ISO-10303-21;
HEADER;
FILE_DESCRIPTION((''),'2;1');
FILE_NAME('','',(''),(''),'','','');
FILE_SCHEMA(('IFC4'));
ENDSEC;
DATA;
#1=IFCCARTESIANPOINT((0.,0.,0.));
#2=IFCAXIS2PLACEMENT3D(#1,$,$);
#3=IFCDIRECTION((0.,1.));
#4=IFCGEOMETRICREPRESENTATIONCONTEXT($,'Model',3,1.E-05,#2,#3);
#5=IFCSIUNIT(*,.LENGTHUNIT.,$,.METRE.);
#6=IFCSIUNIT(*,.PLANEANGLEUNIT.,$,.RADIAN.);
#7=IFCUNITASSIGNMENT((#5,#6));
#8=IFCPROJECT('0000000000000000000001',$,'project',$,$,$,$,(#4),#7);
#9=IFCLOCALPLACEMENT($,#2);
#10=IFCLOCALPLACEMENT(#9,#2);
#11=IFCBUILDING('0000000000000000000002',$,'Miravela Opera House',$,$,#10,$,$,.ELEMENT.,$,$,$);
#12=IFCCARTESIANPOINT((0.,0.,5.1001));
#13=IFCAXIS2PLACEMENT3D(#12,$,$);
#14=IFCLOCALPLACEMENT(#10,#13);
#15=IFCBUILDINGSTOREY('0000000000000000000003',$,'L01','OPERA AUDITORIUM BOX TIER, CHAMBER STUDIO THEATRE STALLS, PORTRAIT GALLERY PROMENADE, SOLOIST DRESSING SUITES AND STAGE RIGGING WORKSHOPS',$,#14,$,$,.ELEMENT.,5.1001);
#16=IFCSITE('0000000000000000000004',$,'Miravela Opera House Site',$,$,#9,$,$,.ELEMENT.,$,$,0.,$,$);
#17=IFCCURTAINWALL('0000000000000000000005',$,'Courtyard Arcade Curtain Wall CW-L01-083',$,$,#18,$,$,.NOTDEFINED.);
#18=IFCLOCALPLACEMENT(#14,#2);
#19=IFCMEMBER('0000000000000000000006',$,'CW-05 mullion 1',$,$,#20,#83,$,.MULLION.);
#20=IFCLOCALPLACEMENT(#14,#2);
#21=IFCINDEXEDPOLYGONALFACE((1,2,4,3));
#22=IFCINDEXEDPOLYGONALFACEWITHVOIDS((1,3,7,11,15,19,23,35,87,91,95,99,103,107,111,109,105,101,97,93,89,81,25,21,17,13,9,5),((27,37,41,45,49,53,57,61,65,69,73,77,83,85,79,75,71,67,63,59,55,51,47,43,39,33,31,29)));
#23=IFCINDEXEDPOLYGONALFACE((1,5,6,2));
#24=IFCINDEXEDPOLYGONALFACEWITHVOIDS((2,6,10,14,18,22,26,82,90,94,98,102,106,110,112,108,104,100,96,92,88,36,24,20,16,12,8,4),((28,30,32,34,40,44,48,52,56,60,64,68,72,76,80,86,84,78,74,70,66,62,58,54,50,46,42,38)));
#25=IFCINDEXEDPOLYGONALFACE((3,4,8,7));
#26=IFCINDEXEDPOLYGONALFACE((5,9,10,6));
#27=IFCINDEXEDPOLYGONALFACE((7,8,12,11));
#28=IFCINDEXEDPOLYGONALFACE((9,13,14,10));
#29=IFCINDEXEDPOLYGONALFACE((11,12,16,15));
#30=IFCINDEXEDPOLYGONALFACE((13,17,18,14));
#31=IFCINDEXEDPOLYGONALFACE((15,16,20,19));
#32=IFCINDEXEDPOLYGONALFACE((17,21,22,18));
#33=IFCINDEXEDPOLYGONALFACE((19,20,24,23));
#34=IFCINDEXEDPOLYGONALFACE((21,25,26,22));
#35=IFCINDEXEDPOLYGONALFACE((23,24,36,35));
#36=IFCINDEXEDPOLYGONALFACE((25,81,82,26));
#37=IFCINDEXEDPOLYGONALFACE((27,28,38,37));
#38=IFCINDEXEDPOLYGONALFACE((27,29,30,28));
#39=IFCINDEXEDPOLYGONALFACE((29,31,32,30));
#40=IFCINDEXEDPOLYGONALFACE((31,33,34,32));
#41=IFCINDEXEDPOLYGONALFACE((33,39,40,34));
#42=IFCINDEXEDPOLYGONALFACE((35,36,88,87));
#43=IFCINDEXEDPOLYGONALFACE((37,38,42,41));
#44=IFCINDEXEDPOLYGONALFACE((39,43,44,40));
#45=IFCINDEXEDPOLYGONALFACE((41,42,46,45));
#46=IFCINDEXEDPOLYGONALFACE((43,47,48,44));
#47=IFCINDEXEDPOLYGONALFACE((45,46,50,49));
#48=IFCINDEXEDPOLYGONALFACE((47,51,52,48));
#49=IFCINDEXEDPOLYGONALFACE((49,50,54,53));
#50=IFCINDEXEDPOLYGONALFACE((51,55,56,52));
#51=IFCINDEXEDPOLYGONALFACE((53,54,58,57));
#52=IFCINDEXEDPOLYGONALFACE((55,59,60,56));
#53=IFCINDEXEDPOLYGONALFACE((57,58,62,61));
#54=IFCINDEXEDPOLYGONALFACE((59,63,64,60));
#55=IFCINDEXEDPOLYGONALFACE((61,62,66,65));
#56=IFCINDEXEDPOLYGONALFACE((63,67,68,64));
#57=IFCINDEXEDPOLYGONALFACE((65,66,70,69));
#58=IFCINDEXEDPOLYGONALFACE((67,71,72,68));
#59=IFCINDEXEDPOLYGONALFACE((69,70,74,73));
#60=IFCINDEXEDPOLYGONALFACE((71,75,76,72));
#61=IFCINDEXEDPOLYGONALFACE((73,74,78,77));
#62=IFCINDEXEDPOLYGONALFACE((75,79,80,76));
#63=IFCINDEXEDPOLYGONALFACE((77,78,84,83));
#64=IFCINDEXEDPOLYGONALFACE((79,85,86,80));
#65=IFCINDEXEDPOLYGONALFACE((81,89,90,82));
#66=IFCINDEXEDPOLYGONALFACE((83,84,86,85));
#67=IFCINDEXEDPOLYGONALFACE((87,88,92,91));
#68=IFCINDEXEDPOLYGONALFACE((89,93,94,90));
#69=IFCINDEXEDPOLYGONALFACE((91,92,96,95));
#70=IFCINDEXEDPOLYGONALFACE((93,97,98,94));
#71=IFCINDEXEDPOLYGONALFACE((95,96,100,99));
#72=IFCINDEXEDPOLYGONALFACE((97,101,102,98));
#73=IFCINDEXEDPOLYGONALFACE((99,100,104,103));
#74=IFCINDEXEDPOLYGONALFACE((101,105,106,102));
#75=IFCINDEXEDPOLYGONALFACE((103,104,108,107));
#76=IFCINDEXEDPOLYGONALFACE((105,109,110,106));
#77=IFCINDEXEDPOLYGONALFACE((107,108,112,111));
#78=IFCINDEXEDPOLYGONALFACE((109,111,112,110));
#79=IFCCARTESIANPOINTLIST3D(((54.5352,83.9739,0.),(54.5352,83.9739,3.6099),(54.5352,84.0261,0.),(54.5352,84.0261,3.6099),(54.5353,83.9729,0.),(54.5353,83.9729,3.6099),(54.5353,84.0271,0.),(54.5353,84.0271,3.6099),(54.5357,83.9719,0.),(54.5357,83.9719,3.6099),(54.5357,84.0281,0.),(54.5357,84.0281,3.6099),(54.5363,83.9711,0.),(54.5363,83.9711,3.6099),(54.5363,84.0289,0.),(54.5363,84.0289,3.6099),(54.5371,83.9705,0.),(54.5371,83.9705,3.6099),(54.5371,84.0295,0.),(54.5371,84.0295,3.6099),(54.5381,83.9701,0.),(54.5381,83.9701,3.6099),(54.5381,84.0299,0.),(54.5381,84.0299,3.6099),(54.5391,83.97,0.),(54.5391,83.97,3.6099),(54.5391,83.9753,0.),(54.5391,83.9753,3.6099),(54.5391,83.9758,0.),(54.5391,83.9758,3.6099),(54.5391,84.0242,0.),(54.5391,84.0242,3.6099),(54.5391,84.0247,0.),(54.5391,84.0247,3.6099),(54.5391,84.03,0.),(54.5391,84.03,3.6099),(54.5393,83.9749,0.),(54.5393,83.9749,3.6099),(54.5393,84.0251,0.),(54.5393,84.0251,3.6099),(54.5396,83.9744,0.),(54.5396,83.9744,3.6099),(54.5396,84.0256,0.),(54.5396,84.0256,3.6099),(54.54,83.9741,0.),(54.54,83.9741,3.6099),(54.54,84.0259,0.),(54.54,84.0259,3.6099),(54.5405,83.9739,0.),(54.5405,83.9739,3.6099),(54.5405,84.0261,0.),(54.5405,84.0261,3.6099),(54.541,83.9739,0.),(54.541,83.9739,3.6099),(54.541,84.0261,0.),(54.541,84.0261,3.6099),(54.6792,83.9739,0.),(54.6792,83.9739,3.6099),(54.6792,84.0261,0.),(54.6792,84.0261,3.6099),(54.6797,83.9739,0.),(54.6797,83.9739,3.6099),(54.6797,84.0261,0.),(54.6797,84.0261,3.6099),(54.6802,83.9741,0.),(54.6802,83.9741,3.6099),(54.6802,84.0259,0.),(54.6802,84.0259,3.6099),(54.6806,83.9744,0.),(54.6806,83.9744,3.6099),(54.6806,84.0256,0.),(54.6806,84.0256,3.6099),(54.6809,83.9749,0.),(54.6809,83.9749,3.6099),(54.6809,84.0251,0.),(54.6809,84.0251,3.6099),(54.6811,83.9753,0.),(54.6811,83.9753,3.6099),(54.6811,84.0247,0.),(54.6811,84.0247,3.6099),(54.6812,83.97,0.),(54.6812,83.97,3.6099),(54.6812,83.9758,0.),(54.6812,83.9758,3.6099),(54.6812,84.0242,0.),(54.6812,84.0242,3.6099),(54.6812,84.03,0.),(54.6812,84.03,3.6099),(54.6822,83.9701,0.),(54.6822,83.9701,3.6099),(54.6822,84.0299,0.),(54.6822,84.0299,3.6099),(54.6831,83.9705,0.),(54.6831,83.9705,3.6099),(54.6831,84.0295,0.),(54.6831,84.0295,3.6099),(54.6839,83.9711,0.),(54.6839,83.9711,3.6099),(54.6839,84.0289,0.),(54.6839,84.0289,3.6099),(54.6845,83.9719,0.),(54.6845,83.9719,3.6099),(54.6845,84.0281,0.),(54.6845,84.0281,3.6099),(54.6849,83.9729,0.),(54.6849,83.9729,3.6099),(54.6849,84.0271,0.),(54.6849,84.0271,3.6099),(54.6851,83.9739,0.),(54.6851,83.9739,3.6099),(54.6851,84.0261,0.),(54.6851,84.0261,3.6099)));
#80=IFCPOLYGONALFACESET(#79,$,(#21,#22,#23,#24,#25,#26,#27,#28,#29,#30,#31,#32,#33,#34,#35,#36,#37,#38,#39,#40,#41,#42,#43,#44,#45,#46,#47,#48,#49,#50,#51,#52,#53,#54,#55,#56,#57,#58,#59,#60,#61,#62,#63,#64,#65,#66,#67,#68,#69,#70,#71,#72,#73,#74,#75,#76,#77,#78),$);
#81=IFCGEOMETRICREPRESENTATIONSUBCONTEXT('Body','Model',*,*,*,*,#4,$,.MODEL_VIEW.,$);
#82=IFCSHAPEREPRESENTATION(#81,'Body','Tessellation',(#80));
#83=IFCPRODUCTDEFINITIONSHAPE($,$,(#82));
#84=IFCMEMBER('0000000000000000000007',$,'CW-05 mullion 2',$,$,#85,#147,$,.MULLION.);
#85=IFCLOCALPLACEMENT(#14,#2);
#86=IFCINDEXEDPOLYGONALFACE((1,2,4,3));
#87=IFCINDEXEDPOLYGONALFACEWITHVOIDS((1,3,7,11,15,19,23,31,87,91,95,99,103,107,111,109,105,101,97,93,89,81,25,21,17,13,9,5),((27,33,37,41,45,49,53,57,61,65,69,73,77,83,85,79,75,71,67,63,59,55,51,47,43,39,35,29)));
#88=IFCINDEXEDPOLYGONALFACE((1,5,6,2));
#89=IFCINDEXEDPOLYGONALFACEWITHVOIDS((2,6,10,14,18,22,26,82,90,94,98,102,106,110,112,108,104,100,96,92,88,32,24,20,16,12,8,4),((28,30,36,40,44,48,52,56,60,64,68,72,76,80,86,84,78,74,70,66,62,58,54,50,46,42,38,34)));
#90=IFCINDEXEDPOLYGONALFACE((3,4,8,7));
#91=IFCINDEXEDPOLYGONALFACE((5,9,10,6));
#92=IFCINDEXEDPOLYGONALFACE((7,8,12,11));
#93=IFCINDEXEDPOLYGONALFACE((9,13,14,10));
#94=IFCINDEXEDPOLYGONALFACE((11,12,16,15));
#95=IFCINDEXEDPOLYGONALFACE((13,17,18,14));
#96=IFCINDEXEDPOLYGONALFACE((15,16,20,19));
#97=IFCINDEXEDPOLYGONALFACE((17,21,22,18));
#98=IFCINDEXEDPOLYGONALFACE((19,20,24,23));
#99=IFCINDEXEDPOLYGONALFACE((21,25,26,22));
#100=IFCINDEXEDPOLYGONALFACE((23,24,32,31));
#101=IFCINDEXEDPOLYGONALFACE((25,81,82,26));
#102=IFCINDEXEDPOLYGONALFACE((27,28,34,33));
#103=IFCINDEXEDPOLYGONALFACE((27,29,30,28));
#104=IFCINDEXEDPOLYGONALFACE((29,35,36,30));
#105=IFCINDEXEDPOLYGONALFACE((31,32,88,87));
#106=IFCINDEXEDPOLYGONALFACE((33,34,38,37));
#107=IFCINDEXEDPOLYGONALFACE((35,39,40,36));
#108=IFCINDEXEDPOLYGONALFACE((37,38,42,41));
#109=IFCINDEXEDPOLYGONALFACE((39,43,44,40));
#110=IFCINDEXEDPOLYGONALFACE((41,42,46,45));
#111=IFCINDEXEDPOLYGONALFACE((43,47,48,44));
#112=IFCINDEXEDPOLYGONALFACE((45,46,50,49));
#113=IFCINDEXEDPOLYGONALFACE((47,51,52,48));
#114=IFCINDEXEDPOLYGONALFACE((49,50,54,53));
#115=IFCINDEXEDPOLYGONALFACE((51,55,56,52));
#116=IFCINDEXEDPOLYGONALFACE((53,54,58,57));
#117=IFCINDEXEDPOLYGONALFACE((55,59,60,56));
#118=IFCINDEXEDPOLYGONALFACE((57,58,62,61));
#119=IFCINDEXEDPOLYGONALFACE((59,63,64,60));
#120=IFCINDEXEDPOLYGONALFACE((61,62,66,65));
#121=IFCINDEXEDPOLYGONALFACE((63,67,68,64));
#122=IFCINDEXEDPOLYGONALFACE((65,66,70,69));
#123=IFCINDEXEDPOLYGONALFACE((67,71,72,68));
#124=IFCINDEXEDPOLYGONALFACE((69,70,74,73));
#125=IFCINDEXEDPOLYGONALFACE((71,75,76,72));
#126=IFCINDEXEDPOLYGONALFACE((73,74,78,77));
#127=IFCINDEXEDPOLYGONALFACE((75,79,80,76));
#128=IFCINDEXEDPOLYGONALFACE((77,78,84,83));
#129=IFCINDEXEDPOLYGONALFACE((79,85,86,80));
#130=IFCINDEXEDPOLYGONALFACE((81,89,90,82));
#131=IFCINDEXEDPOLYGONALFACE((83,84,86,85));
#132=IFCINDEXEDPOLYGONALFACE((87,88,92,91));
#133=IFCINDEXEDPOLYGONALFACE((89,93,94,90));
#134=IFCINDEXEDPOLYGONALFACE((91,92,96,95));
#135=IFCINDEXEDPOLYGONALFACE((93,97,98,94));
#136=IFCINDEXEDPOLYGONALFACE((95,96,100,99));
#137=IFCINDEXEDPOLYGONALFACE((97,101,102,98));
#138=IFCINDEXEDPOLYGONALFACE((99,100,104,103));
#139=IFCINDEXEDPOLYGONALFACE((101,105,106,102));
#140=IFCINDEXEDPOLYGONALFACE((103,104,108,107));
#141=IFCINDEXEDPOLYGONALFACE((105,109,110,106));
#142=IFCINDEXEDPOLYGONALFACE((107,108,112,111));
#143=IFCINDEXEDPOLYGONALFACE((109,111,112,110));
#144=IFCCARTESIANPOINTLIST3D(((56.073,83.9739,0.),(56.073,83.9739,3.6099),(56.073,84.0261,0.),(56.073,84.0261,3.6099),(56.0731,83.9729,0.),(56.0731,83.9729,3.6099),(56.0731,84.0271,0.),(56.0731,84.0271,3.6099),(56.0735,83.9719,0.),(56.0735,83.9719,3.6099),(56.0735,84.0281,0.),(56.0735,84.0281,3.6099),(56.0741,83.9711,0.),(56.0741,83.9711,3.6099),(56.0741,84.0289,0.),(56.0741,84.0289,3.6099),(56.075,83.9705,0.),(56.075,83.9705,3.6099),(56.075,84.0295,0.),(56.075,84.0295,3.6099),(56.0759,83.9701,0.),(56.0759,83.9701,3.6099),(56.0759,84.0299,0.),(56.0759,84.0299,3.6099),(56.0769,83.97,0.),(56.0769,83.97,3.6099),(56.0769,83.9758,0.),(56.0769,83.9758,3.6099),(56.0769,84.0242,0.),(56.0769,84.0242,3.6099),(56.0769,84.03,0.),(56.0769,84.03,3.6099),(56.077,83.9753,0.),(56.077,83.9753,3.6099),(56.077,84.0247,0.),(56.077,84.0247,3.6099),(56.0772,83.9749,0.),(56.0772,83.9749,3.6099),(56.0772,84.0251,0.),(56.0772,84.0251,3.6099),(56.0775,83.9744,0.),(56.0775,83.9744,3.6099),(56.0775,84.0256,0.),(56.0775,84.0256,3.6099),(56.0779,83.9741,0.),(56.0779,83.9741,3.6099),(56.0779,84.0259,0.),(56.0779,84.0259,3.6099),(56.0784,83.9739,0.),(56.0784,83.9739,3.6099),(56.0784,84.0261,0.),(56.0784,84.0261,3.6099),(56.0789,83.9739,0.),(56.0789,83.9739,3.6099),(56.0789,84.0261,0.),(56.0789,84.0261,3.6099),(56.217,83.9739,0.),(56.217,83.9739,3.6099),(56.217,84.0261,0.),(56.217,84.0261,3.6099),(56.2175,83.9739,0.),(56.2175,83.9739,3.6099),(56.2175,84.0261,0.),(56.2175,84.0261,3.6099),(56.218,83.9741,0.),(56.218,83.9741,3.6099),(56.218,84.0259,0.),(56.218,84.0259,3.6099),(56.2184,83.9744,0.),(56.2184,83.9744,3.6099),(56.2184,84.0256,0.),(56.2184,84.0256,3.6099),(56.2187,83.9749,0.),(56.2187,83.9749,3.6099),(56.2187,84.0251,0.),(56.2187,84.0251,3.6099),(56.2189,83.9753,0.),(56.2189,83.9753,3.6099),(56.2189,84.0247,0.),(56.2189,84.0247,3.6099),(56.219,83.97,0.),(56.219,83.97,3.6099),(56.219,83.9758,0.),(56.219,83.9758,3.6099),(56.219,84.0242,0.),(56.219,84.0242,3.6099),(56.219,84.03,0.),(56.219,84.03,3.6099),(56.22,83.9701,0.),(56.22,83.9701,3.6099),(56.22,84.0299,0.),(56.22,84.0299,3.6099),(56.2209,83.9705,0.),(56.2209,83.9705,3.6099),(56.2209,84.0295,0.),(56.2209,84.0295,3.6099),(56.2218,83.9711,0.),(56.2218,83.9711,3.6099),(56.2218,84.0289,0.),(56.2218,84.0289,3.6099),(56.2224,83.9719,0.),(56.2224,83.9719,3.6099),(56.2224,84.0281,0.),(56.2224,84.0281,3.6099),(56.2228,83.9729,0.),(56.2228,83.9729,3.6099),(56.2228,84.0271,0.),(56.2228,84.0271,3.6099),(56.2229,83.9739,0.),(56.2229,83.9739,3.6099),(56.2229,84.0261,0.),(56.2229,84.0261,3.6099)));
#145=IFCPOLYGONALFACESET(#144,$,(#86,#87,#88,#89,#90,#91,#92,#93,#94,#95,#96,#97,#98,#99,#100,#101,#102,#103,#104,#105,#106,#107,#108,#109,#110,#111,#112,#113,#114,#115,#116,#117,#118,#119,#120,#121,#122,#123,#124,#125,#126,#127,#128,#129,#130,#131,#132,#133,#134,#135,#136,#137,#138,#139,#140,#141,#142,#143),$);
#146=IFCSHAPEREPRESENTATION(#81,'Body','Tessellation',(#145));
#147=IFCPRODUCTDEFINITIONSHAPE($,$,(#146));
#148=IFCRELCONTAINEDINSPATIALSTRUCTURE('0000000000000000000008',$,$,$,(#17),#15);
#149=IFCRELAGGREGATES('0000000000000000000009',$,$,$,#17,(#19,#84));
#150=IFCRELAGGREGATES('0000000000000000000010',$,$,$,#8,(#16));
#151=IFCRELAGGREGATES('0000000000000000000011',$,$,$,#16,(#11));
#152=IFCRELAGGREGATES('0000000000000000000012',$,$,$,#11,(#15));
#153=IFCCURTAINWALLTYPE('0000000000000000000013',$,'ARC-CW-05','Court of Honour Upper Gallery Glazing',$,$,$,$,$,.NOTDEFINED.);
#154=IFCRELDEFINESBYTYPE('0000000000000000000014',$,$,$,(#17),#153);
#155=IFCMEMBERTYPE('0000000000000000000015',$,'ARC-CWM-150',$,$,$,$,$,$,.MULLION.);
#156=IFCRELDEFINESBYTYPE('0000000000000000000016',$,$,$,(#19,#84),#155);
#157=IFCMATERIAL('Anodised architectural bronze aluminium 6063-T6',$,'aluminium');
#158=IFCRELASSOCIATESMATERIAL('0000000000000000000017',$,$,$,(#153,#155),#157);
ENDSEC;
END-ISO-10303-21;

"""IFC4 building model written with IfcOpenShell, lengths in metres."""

from ifc_helpers import new_model, si_unit, direction, frame, origin, origin_2d, place, context, subcontext, project, spatial, hollow_rectangle, extrude, material, material_profile, profile_set, type_object, element, aggregate, save


model = new_model("IFC4")

# Units and contexts
model_context = context("Model", 3, precision=1e-05, world=origin(), true_north=direction((0.0, 1.0)))
body_context = subcontext(model_context, "Body", "Model", "MODEL_VIEW")
ifc_project = project(units=[si_unit("LENGTHUNIT", "METRE"), si_unit("PLANEANGLEUNIT", "RADIAN")], contexts=[model_context])

# Site, building, storey
site_placement = place(None, origin())
site = spatial("IfcSite", under=ifc_project, at=site_placement, Name="Miravela Opera House Site", CompositionType="ELEMENT", RefElevation=0.0)
building_placement = place(site_placement, origin())
building = spatial("IfcBuilding", under=site, at=building_placement, Name="Miravela Opera House", CompositionType="ELEMENT")
storey_placement = place(building_placement, frame((0.0, 0.0, 5.1001)))
storey = spatial("IfcBuildingStorey", under=building, at=storey_placement, Name="L01", Description="OPERA AUDITORIUM BOX TIER, CHAMBER STUDIO THEATRE STALLS, PORTRAIT GALLERY PROMENADE, SOLOIST DRESSING SUITES AND STAGE RIGGING WORKSHOPS", CompositionType="ELEMENT", Elevation=5.1001)

# Curtain wall, members
ifc_material_1 = material(Name="Anodised architectural bronze aluminium 6063-T6", Category="aluminium")
curtain_wall_type = type_object("IfcCurtainWallType", Name="ARC-CW-05", Description="Court of Honour Upper Gallery Glazing", PredefinedType="NOTDEFINED", material=ifc_material_1)
curtain_wall_placement = place(storey_placement, origin())
curtain_wall = element("IfcCurtainWall", 1, at=curtain_wall_placement, inside=storey, type_object=curtain_wall_type, Name="Courtyard Arcade Curtain Wall CW-L01-083", PredefinedType="NOTDEFINED")
ifc_material_profile_1 = material_profile(ifc_material_1, hollow_rectangle(XDim=0.0601, YDim=0.1499, WallThickness=0.0039, InnerFilletRadius=0.002, OuterFilletRadius=0.0039, at=origin_2d()), Name="CWM-60X150")
ifc_profile_set_1 = profile_set([ifc_material_profile_1])
member_type_1 = type_object("IfcMemberType", Name="ARC-CWM-150", PredefinedType="MULLION", material=ifc_profile_set_1)
member_1_placement = place(storey_placement, frame((54.6101, 84.0, 0.0), z_axis=(0.0, 0.0, 1.0), x_axis=(0.0, 1.0, 0.0)))
member_1 = element("IfcMember", 2, at=member_1_placement, type_object=member_type_1, Name="CW-05 mullion 1", PredefinedType="MULLION", context=body_context, shape_type="SweptSolid", body=[
    extrude(hollow_rectangle(XDim=0.0601, YDim=0.1499, WallThickness=0.0039, InnerFilletRadius=0.002, OuterFilletRadius=0.0039, at=origin_2d()), origin(), (0.0, 0.0, 1.0), 3.6099),
])
member_2_placement = place(storey_placement, frame((56.1479, 84.0, 0.0), z_axis=(0.0, 0.0, 1.0), x_axis=(0.0, 1.0, 0.0)))
member_2 = element("IfcMember", 3, at=member_2_placement, type_object=member_type_1, Name="CW-05 mullion 2", PredefinedType="MULLION", context=body_context, shape_type="SweptSolid", body=[
    extrude(hollow_rectangle(XDim=0.0601, YDim=0.1499, WallThickness=0.0039, InnerFilletRadius=0.002, OuterFilletRadius=0.0039, at=origin_2d()), origin(), (0.0, 0.0, 1.0), 3.6099),
])
aggregate(curtain_wall, [member_1, member_2])

save(model, "model.ifc")
